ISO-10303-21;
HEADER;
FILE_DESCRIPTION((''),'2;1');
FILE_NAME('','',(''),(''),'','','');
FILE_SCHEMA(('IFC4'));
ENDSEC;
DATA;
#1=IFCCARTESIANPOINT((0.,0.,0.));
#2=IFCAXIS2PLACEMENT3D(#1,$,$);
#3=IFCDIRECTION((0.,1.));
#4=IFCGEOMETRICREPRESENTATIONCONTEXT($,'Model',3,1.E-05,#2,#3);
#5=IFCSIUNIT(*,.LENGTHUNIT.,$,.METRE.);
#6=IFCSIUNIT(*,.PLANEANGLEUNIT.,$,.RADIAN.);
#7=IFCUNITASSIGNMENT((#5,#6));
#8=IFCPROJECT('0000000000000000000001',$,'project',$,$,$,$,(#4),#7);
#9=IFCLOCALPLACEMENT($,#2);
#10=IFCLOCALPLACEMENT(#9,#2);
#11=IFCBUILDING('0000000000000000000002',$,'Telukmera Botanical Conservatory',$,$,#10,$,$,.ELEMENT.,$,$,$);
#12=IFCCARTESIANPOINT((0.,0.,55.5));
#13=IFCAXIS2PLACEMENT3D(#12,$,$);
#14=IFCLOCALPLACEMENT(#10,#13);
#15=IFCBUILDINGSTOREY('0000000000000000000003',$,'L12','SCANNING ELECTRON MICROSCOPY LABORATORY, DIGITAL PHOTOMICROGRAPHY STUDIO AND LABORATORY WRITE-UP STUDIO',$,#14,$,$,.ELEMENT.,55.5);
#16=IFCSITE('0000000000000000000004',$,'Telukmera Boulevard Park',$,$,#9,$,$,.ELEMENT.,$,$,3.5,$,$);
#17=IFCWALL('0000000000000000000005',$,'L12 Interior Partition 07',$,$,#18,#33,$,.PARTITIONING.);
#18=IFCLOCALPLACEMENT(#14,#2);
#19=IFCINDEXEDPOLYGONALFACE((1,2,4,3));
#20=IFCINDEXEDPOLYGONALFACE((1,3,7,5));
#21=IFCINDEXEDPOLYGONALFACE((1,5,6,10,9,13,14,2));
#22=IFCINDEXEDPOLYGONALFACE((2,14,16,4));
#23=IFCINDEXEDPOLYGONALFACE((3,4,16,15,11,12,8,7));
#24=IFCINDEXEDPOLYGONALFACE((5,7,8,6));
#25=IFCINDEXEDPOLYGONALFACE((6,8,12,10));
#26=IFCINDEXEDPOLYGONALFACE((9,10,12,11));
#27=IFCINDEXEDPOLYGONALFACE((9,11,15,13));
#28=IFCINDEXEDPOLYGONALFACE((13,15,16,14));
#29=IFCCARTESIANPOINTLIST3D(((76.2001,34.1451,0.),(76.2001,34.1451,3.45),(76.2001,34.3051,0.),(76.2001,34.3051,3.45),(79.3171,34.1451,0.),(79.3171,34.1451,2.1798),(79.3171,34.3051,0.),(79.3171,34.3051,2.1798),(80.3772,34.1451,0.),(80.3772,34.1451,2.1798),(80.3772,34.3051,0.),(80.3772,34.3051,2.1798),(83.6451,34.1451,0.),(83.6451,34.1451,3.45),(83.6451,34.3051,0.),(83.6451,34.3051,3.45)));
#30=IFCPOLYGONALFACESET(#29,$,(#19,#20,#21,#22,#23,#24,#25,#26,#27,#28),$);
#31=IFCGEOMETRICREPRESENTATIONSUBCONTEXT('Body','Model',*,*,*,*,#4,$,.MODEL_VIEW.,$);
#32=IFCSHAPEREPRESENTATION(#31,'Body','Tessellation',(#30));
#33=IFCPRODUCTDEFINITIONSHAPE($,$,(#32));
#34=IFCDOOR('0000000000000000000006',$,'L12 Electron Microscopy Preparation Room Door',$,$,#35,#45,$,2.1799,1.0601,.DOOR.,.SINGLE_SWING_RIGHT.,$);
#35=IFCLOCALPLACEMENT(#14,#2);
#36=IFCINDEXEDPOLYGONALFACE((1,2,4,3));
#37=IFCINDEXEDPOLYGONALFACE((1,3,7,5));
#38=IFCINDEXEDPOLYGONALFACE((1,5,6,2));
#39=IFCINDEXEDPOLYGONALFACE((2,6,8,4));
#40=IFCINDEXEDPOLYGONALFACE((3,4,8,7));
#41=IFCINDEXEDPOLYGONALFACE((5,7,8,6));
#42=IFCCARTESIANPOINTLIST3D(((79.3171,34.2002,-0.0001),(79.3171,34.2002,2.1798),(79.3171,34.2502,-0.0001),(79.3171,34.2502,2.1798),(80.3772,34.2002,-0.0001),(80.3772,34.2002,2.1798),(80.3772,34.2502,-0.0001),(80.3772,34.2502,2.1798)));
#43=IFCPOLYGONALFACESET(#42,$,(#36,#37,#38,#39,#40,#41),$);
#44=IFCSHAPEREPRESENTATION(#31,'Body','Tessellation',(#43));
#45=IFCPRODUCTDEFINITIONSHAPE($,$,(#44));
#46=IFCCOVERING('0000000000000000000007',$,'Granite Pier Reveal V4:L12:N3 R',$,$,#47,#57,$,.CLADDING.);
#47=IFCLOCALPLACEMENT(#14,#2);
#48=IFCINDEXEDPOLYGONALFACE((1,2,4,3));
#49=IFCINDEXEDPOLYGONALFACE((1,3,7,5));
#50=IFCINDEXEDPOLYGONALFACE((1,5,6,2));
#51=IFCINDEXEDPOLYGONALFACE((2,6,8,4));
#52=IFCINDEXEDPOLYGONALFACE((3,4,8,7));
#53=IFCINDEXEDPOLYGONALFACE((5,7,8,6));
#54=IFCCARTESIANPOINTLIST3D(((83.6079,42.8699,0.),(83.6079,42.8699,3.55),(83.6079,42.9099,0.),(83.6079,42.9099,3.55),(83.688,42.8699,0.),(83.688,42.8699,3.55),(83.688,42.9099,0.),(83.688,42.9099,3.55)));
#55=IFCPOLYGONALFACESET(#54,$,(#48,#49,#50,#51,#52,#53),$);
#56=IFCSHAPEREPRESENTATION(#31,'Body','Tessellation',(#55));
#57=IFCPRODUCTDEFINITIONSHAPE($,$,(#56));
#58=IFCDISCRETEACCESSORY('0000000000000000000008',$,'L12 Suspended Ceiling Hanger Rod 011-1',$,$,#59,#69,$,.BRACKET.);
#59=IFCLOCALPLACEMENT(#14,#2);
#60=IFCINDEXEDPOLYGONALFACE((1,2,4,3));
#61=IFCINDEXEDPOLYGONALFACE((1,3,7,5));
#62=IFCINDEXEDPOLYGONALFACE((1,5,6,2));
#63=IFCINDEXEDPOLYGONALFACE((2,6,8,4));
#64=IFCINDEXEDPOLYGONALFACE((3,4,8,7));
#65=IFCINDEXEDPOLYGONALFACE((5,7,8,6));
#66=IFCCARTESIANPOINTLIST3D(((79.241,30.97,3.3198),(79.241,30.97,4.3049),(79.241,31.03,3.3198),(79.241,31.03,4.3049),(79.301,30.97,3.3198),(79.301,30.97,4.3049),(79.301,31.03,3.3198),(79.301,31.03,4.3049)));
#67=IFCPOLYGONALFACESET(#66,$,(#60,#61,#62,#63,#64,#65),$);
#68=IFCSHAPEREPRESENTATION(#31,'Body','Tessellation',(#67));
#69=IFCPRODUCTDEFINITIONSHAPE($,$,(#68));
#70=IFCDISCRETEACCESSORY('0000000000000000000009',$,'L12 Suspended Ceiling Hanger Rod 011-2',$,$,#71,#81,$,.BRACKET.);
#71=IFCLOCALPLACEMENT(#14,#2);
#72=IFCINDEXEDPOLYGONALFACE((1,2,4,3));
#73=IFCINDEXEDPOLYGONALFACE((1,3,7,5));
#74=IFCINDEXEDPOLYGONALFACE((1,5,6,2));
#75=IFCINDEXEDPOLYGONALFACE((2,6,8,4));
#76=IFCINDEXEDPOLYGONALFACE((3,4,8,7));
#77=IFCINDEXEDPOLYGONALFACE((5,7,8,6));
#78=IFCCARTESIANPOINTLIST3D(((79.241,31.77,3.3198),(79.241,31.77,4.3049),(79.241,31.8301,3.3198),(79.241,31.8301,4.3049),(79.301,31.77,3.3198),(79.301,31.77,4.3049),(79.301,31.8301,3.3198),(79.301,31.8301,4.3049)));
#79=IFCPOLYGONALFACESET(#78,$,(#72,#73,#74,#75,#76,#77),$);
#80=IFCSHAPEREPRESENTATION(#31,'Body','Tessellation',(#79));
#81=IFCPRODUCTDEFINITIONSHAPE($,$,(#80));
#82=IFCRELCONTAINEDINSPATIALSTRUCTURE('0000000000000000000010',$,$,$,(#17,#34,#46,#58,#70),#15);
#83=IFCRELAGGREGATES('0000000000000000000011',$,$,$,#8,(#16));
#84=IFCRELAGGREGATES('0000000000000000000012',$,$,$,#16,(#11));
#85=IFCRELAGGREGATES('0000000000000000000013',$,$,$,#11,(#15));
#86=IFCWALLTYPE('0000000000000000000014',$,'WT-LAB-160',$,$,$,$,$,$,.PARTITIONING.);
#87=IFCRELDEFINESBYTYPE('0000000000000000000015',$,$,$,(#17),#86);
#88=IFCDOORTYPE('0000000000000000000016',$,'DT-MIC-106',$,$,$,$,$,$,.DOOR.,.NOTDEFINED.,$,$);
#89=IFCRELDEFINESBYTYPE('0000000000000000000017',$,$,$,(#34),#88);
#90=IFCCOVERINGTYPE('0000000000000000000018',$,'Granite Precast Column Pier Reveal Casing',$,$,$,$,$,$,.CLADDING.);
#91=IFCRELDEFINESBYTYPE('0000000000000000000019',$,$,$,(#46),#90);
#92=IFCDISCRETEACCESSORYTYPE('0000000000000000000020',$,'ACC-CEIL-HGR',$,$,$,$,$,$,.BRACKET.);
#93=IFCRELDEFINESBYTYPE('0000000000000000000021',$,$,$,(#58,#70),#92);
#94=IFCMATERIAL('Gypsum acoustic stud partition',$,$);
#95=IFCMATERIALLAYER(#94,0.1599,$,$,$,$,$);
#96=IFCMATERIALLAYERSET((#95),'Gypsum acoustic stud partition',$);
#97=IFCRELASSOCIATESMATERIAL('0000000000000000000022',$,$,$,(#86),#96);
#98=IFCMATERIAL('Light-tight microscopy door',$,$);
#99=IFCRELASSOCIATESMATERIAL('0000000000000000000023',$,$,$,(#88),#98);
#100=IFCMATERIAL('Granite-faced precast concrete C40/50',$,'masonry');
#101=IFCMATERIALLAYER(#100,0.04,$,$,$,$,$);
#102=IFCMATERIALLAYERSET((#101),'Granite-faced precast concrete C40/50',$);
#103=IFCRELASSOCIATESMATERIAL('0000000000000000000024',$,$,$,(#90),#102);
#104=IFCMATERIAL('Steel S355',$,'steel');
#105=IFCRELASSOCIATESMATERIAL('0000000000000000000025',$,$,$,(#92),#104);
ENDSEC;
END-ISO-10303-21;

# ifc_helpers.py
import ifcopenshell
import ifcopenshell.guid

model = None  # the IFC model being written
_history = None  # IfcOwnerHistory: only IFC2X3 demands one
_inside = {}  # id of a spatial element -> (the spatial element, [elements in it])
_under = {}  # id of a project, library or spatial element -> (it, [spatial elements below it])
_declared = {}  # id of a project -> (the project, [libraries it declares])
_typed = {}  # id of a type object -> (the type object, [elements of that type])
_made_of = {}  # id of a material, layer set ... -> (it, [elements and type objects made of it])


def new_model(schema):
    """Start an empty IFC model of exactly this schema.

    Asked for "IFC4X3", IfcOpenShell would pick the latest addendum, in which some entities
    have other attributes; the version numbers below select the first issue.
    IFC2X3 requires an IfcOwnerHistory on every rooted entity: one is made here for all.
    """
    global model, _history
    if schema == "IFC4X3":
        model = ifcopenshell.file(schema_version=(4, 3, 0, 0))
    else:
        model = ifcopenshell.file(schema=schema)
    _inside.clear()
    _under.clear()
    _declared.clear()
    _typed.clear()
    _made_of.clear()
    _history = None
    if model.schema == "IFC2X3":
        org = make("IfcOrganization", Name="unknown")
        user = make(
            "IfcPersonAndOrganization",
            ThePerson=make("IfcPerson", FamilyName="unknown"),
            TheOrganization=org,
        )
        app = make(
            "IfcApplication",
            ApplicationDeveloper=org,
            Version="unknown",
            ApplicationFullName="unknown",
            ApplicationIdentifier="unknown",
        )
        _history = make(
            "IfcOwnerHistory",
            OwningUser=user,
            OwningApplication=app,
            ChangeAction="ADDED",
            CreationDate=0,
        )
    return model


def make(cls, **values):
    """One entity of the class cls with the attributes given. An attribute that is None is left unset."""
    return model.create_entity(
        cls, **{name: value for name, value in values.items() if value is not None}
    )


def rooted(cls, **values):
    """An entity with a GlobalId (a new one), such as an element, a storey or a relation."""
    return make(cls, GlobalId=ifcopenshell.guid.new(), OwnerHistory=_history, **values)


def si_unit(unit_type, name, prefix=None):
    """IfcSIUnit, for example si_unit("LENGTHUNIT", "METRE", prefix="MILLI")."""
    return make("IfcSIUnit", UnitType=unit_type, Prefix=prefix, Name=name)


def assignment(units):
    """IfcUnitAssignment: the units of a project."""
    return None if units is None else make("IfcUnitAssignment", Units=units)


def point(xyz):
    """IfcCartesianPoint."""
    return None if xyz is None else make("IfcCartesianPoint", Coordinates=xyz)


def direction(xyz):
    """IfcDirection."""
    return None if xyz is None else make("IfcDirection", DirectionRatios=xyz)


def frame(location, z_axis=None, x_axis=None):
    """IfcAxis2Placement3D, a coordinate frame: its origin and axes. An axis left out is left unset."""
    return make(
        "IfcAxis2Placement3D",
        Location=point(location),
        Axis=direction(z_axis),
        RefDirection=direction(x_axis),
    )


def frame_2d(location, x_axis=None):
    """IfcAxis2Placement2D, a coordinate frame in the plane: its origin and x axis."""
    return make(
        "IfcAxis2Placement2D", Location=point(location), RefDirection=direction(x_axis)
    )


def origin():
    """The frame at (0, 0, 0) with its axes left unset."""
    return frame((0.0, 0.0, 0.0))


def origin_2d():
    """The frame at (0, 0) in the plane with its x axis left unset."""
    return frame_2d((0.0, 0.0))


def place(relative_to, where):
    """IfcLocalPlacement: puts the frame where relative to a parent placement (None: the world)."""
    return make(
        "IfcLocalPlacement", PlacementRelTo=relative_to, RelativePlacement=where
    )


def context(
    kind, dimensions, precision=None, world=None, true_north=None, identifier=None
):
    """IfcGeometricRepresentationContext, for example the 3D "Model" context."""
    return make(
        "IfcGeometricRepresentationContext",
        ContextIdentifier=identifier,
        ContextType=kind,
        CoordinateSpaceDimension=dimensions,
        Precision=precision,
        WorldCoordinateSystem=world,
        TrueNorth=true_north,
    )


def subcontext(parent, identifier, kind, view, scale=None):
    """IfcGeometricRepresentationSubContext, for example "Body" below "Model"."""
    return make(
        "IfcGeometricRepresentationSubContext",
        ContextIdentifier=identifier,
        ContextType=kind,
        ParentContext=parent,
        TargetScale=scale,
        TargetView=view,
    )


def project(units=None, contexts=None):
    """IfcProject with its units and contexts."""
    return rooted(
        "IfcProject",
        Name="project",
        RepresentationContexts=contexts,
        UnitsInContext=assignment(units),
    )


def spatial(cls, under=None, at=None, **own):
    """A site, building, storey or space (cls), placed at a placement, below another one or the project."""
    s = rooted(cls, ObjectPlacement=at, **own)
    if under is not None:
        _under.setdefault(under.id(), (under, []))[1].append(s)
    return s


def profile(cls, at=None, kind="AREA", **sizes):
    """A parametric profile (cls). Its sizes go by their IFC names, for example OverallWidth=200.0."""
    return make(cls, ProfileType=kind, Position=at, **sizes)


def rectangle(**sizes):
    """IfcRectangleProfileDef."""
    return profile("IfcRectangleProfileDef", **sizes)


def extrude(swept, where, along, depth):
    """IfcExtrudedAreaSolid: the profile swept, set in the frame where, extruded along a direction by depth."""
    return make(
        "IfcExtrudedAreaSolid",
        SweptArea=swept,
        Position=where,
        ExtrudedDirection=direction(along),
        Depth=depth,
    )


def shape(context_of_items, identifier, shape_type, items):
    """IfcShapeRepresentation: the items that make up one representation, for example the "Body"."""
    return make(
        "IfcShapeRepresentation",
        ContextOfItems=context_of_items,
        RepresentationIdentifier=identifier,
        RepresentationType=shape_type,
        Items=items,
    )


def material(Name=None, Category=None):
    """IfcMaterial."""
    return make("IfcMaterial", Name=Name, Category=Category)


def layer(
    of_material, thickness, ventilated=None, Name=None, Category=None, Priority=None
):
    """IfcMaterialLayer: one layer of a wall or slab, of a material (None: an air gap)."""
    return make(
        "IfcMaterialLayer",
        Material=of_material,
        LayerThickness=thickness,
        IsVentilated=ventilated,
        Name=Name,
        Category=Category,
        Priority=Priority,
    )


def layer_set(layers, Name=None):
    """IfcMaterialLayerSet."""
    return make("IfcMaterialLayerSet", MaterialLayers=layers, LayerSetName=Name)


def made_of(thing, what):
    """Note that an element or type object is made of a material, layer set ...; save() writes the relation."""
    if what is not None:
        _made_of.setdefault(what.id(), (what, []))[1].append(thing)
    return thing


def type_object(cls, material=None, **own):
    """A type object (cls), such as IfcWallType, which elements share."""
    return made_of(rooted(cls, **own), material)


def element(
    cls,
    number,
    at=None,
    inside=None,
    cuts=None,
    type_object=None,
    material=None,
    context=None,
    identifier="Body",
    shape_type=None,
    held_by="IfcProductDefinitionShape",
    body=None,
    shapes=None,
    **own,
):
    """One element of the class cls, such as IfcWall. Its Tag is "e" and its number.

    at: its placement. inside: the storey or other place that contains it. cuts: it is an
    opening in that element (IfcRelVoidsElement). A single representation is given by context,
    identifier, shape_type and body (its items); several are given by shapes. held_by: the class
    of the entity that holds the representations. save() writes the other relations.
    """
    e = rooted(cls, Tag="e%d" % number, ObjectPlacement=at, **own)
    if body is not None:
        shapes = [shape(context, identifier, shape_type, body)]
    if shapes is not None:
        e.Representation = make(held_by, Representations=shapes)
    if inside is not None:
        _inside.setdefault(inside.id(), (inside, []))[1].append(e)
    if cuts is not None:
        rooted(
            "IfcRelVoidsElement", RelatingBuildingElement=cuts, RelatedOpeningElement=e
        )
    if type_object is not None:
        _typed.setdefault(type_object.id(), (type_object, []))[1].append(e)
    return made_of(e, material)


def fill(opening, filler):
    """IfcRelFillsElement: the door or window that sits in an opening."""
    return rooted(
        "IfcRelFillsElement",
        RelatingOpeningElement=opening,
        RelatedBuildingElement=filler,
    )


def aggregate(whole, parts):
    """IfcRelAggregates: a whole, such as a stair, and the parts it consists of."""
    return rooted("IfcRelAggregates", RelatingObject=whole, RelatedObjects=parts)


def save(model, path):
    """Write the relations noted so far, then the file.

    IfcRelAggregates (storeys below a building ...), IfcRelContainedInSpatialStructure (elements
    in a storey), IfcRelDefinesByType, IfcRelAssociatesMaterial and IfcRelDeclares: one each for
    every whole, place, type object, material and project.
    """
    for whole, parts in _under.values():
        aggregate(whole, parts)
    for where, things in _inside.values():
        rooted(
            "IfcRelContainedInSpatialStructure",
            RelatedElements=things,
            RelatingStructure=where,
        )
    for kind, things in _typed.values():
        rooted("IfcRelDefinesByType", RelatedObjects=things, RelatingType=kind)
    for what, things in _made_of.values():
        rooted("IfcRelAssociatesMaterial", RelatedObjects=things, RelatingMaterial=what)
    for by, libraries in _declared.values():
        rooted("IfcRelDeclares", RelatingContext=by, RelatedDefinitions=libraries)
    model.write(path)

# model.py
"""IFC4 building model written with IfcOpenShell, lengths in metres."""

from ifc_helpers import new_model, si_unit, direction, frame, frame_2d, origin, origin_2d, place, context, subcontext, project, spatial, rectangle, extrude, material, layer, layer_set, type_object, element, fill, save


model = new_model("IFC4")

# Units and contexts
model_context = context("Model", 3, precision=1e-05, world=origin(), true_north=direction((0.0, 1.0)))
body_context = subcontext(model_context, "Body", "Model", "MODEL_VIEW")
ifc_project = project(units=[si_unit("LENGTHUNIT", "METRE"), si_unit("PLANEANGLEUNIT", "RADIAN")], contexts=[model_context])

# Site, building, storey
site_placement = place(None, origin())
site = spatial("IfcSite", under=ifc_project, at=site_placement, Name="Telukmera Boulevard Park", CompositionType="ELEMENT", RefElevation=3.5)
building_placement = place(site_placement, origin())
building = spatial("IfcBuilding", under=site, at=building_placement, Name="Telukmera Botanical Conservatory", CompositionType="ELEMENT")
storey_placement = place(building_placement, frame((0.0, 0.0, 55.5)))
storey = spatial("IfcBuildingStorey", under=building, at=storey_placement, Name="L12", Description="SCANNING ELECTRON MICROSCOPY LABORATORY, DIGITAL PHOTOMICROGRAPHY STUDIO AND LABORATORY WRITE-UP STUDIO", CompositionType="ELEMENT", Elevation=55.5)

# Wall, opening, door
ifc_material_1 = material(Name="Gypsum acoustic stud partition")
ifc_layer_1 = layer(ifc_material_1, 0.1599)
ifc_layer_set_1 = layer_set([ifc_layer_1], Name="Gypsum acoustic stud partition")
wall_type_1 = type_object("IfcWallType", Name="WT-LAB-160", PredefinedType="PARTITIONING", material=ifc_layer_set_1)
wall_1_placement = place(storey_placement, frame((76.2, 34.2251, 0.0), z_axis=(0.0, 0.0, 1.0), x_axis=(1.0, 0.0, 0.0)))
wall_1 = element("IfcWall", 1, at=wall_1_placement, inside=storey, type_object=wall_type_1, Name="L12 Interior Partition 07", PredefinedType="PARTITIONING", context=body_context, shape_type="SweptSolid", body=[
    extrude(rectangle(XDim=7.4451, YDim=0.1599, at=frame_2d((3.7227, 0.0))), origin(), (0.0, 0.0, 1.0), 3.45),
])
opening_placement = place(wall_1_placement, frame((3.1172, 0.0, 0.0)))
opening = element("IfcOpeningElement", 2, at=opening_placement, cuts=wall_1, PredefinedType="OPENING", context=body_context, shape_type="SweptSolid", body=[
    extrude(rectangle(XDim=1.0601, YDim=2.1799, at=frame_2d((0.53, 1.0898))), frame((0.0, 0.0898, 0.0), z_axis=(0.0, -1.0, 0.0), x_axis=(1.0, 0.0, 0.0)), (0.0, 0.0, 1.0), 0.1799),
])
ifc_material_2 = material(Name="Light-tight microscopy door")
door_type = type_object("IfcDoorType", Name="DT-MIC-106", OperationType="NOTDEFINED", PredefinedType="DOOR", material=ifc_material_2)
door_placement = place(opening_placement, frame((1.0601, 0.0, 0.0), z_axis=(0.0, 0.0, 1.0), x_axis=(-1.0, 0.0, 0.0)))
door = element("IfcDoor", 3, at=door_placement, inside=storey, type_object=door_type, Name="L12 Electron Microscopy Preparation Room Door", OperationType="SINGLE_SWING_RIGHT", OverallHeight=2.1799, OverallWidth=1.0601, PredefinedType="DOOR", context=body_context, shape_type="SweptSolid", body=[
    extrude(rectangle(XDim=1.0601, YDim=2.1799, at=frame_2d((0.53, 1.0898))), frame((0.0, 0.0249, 0.0), z_axis=(0.0, -1.0, 0.0), x_axis=(1.0, 0.0, 0.0)), (0.0, 0.0, 1.0), 0.05),
])
fill(opening, door)

# Covering
ifc_material_3 = material(Name="Granite-faced precast concrete C40/50", Category="masonry")
ifc_layer_2 = layer(ifc_material_3, 0.04)
ifc_layer_set_2 = layer_set([ifc_layer_2], Name="Granite-faced precast concrete C40/50")
covering_type = type_object("IfcCoveringType", Name="Granite Precast Column Pier Reveal Casing", PredefinedType="CLADDING", material=ifc_layer_set_2)
covering_placement = place(storey_placement, frame((83.6479, 42.8899, 0.0), z_axis=(0.0, 0.0, 1.0), x_axis=(1.0, 0.0, 0.0)))
element("IfcCovering", 4, at=covering_placement, inside=storey, type_object=covering_type, Name="Granite Pier Reveal V4:L12:N3 R", PredefinedType="CLADDING", context=body_context, shape_type="SweptSolid", body=[
    extrude(rectangle(XDim=0.0801, YDim=0.04, at=origin_2d()), origin(), (0.0, 0.0, 1.0), 3.55),
])

# Discrete accessories
ifc_material_4 = material(Name="Steel S355", Category="steel")
discrete_accessory_type = type_object("IfcDiscreteAccessoryType", Name="ACC-CEIL-HGR", PredefinedType="BRACKET", material=ifc_material_4)
for number, where, z_axis, x_axis, name in (
    (5, (79.271, 31.0, 3.3198), (0.0, 0.0, 1.0), (1.0, 0.0, 0.0), "L12 Suspended Ceiling Hanger Rod 011-1"),
    (6, (79.271, 31.8, 3.3198), (0.0, 0.0, 1.0), (1.0, 0.0, 0.0), "L12 Suspended Ceiling Hanger Rod 011-2"),
):
    element("IfcDiscreteAccessory", number, at=place(storey_placement, frame(where, z_axis=z_axis, x_axis=x_axis)), inside=storey, type_object=discrete_accessory_type, Name=name, PredefinedType="BRACKET", context=body_context, shape_type="SweptSolid", body=[
        extrude(rectangle(XDim=0.0601, YDim=0.0601, at=origin_2d()), origin(), (0.0, 0.0, 1.0), 0.9851),
    ])

save(model, "model.ifc")
